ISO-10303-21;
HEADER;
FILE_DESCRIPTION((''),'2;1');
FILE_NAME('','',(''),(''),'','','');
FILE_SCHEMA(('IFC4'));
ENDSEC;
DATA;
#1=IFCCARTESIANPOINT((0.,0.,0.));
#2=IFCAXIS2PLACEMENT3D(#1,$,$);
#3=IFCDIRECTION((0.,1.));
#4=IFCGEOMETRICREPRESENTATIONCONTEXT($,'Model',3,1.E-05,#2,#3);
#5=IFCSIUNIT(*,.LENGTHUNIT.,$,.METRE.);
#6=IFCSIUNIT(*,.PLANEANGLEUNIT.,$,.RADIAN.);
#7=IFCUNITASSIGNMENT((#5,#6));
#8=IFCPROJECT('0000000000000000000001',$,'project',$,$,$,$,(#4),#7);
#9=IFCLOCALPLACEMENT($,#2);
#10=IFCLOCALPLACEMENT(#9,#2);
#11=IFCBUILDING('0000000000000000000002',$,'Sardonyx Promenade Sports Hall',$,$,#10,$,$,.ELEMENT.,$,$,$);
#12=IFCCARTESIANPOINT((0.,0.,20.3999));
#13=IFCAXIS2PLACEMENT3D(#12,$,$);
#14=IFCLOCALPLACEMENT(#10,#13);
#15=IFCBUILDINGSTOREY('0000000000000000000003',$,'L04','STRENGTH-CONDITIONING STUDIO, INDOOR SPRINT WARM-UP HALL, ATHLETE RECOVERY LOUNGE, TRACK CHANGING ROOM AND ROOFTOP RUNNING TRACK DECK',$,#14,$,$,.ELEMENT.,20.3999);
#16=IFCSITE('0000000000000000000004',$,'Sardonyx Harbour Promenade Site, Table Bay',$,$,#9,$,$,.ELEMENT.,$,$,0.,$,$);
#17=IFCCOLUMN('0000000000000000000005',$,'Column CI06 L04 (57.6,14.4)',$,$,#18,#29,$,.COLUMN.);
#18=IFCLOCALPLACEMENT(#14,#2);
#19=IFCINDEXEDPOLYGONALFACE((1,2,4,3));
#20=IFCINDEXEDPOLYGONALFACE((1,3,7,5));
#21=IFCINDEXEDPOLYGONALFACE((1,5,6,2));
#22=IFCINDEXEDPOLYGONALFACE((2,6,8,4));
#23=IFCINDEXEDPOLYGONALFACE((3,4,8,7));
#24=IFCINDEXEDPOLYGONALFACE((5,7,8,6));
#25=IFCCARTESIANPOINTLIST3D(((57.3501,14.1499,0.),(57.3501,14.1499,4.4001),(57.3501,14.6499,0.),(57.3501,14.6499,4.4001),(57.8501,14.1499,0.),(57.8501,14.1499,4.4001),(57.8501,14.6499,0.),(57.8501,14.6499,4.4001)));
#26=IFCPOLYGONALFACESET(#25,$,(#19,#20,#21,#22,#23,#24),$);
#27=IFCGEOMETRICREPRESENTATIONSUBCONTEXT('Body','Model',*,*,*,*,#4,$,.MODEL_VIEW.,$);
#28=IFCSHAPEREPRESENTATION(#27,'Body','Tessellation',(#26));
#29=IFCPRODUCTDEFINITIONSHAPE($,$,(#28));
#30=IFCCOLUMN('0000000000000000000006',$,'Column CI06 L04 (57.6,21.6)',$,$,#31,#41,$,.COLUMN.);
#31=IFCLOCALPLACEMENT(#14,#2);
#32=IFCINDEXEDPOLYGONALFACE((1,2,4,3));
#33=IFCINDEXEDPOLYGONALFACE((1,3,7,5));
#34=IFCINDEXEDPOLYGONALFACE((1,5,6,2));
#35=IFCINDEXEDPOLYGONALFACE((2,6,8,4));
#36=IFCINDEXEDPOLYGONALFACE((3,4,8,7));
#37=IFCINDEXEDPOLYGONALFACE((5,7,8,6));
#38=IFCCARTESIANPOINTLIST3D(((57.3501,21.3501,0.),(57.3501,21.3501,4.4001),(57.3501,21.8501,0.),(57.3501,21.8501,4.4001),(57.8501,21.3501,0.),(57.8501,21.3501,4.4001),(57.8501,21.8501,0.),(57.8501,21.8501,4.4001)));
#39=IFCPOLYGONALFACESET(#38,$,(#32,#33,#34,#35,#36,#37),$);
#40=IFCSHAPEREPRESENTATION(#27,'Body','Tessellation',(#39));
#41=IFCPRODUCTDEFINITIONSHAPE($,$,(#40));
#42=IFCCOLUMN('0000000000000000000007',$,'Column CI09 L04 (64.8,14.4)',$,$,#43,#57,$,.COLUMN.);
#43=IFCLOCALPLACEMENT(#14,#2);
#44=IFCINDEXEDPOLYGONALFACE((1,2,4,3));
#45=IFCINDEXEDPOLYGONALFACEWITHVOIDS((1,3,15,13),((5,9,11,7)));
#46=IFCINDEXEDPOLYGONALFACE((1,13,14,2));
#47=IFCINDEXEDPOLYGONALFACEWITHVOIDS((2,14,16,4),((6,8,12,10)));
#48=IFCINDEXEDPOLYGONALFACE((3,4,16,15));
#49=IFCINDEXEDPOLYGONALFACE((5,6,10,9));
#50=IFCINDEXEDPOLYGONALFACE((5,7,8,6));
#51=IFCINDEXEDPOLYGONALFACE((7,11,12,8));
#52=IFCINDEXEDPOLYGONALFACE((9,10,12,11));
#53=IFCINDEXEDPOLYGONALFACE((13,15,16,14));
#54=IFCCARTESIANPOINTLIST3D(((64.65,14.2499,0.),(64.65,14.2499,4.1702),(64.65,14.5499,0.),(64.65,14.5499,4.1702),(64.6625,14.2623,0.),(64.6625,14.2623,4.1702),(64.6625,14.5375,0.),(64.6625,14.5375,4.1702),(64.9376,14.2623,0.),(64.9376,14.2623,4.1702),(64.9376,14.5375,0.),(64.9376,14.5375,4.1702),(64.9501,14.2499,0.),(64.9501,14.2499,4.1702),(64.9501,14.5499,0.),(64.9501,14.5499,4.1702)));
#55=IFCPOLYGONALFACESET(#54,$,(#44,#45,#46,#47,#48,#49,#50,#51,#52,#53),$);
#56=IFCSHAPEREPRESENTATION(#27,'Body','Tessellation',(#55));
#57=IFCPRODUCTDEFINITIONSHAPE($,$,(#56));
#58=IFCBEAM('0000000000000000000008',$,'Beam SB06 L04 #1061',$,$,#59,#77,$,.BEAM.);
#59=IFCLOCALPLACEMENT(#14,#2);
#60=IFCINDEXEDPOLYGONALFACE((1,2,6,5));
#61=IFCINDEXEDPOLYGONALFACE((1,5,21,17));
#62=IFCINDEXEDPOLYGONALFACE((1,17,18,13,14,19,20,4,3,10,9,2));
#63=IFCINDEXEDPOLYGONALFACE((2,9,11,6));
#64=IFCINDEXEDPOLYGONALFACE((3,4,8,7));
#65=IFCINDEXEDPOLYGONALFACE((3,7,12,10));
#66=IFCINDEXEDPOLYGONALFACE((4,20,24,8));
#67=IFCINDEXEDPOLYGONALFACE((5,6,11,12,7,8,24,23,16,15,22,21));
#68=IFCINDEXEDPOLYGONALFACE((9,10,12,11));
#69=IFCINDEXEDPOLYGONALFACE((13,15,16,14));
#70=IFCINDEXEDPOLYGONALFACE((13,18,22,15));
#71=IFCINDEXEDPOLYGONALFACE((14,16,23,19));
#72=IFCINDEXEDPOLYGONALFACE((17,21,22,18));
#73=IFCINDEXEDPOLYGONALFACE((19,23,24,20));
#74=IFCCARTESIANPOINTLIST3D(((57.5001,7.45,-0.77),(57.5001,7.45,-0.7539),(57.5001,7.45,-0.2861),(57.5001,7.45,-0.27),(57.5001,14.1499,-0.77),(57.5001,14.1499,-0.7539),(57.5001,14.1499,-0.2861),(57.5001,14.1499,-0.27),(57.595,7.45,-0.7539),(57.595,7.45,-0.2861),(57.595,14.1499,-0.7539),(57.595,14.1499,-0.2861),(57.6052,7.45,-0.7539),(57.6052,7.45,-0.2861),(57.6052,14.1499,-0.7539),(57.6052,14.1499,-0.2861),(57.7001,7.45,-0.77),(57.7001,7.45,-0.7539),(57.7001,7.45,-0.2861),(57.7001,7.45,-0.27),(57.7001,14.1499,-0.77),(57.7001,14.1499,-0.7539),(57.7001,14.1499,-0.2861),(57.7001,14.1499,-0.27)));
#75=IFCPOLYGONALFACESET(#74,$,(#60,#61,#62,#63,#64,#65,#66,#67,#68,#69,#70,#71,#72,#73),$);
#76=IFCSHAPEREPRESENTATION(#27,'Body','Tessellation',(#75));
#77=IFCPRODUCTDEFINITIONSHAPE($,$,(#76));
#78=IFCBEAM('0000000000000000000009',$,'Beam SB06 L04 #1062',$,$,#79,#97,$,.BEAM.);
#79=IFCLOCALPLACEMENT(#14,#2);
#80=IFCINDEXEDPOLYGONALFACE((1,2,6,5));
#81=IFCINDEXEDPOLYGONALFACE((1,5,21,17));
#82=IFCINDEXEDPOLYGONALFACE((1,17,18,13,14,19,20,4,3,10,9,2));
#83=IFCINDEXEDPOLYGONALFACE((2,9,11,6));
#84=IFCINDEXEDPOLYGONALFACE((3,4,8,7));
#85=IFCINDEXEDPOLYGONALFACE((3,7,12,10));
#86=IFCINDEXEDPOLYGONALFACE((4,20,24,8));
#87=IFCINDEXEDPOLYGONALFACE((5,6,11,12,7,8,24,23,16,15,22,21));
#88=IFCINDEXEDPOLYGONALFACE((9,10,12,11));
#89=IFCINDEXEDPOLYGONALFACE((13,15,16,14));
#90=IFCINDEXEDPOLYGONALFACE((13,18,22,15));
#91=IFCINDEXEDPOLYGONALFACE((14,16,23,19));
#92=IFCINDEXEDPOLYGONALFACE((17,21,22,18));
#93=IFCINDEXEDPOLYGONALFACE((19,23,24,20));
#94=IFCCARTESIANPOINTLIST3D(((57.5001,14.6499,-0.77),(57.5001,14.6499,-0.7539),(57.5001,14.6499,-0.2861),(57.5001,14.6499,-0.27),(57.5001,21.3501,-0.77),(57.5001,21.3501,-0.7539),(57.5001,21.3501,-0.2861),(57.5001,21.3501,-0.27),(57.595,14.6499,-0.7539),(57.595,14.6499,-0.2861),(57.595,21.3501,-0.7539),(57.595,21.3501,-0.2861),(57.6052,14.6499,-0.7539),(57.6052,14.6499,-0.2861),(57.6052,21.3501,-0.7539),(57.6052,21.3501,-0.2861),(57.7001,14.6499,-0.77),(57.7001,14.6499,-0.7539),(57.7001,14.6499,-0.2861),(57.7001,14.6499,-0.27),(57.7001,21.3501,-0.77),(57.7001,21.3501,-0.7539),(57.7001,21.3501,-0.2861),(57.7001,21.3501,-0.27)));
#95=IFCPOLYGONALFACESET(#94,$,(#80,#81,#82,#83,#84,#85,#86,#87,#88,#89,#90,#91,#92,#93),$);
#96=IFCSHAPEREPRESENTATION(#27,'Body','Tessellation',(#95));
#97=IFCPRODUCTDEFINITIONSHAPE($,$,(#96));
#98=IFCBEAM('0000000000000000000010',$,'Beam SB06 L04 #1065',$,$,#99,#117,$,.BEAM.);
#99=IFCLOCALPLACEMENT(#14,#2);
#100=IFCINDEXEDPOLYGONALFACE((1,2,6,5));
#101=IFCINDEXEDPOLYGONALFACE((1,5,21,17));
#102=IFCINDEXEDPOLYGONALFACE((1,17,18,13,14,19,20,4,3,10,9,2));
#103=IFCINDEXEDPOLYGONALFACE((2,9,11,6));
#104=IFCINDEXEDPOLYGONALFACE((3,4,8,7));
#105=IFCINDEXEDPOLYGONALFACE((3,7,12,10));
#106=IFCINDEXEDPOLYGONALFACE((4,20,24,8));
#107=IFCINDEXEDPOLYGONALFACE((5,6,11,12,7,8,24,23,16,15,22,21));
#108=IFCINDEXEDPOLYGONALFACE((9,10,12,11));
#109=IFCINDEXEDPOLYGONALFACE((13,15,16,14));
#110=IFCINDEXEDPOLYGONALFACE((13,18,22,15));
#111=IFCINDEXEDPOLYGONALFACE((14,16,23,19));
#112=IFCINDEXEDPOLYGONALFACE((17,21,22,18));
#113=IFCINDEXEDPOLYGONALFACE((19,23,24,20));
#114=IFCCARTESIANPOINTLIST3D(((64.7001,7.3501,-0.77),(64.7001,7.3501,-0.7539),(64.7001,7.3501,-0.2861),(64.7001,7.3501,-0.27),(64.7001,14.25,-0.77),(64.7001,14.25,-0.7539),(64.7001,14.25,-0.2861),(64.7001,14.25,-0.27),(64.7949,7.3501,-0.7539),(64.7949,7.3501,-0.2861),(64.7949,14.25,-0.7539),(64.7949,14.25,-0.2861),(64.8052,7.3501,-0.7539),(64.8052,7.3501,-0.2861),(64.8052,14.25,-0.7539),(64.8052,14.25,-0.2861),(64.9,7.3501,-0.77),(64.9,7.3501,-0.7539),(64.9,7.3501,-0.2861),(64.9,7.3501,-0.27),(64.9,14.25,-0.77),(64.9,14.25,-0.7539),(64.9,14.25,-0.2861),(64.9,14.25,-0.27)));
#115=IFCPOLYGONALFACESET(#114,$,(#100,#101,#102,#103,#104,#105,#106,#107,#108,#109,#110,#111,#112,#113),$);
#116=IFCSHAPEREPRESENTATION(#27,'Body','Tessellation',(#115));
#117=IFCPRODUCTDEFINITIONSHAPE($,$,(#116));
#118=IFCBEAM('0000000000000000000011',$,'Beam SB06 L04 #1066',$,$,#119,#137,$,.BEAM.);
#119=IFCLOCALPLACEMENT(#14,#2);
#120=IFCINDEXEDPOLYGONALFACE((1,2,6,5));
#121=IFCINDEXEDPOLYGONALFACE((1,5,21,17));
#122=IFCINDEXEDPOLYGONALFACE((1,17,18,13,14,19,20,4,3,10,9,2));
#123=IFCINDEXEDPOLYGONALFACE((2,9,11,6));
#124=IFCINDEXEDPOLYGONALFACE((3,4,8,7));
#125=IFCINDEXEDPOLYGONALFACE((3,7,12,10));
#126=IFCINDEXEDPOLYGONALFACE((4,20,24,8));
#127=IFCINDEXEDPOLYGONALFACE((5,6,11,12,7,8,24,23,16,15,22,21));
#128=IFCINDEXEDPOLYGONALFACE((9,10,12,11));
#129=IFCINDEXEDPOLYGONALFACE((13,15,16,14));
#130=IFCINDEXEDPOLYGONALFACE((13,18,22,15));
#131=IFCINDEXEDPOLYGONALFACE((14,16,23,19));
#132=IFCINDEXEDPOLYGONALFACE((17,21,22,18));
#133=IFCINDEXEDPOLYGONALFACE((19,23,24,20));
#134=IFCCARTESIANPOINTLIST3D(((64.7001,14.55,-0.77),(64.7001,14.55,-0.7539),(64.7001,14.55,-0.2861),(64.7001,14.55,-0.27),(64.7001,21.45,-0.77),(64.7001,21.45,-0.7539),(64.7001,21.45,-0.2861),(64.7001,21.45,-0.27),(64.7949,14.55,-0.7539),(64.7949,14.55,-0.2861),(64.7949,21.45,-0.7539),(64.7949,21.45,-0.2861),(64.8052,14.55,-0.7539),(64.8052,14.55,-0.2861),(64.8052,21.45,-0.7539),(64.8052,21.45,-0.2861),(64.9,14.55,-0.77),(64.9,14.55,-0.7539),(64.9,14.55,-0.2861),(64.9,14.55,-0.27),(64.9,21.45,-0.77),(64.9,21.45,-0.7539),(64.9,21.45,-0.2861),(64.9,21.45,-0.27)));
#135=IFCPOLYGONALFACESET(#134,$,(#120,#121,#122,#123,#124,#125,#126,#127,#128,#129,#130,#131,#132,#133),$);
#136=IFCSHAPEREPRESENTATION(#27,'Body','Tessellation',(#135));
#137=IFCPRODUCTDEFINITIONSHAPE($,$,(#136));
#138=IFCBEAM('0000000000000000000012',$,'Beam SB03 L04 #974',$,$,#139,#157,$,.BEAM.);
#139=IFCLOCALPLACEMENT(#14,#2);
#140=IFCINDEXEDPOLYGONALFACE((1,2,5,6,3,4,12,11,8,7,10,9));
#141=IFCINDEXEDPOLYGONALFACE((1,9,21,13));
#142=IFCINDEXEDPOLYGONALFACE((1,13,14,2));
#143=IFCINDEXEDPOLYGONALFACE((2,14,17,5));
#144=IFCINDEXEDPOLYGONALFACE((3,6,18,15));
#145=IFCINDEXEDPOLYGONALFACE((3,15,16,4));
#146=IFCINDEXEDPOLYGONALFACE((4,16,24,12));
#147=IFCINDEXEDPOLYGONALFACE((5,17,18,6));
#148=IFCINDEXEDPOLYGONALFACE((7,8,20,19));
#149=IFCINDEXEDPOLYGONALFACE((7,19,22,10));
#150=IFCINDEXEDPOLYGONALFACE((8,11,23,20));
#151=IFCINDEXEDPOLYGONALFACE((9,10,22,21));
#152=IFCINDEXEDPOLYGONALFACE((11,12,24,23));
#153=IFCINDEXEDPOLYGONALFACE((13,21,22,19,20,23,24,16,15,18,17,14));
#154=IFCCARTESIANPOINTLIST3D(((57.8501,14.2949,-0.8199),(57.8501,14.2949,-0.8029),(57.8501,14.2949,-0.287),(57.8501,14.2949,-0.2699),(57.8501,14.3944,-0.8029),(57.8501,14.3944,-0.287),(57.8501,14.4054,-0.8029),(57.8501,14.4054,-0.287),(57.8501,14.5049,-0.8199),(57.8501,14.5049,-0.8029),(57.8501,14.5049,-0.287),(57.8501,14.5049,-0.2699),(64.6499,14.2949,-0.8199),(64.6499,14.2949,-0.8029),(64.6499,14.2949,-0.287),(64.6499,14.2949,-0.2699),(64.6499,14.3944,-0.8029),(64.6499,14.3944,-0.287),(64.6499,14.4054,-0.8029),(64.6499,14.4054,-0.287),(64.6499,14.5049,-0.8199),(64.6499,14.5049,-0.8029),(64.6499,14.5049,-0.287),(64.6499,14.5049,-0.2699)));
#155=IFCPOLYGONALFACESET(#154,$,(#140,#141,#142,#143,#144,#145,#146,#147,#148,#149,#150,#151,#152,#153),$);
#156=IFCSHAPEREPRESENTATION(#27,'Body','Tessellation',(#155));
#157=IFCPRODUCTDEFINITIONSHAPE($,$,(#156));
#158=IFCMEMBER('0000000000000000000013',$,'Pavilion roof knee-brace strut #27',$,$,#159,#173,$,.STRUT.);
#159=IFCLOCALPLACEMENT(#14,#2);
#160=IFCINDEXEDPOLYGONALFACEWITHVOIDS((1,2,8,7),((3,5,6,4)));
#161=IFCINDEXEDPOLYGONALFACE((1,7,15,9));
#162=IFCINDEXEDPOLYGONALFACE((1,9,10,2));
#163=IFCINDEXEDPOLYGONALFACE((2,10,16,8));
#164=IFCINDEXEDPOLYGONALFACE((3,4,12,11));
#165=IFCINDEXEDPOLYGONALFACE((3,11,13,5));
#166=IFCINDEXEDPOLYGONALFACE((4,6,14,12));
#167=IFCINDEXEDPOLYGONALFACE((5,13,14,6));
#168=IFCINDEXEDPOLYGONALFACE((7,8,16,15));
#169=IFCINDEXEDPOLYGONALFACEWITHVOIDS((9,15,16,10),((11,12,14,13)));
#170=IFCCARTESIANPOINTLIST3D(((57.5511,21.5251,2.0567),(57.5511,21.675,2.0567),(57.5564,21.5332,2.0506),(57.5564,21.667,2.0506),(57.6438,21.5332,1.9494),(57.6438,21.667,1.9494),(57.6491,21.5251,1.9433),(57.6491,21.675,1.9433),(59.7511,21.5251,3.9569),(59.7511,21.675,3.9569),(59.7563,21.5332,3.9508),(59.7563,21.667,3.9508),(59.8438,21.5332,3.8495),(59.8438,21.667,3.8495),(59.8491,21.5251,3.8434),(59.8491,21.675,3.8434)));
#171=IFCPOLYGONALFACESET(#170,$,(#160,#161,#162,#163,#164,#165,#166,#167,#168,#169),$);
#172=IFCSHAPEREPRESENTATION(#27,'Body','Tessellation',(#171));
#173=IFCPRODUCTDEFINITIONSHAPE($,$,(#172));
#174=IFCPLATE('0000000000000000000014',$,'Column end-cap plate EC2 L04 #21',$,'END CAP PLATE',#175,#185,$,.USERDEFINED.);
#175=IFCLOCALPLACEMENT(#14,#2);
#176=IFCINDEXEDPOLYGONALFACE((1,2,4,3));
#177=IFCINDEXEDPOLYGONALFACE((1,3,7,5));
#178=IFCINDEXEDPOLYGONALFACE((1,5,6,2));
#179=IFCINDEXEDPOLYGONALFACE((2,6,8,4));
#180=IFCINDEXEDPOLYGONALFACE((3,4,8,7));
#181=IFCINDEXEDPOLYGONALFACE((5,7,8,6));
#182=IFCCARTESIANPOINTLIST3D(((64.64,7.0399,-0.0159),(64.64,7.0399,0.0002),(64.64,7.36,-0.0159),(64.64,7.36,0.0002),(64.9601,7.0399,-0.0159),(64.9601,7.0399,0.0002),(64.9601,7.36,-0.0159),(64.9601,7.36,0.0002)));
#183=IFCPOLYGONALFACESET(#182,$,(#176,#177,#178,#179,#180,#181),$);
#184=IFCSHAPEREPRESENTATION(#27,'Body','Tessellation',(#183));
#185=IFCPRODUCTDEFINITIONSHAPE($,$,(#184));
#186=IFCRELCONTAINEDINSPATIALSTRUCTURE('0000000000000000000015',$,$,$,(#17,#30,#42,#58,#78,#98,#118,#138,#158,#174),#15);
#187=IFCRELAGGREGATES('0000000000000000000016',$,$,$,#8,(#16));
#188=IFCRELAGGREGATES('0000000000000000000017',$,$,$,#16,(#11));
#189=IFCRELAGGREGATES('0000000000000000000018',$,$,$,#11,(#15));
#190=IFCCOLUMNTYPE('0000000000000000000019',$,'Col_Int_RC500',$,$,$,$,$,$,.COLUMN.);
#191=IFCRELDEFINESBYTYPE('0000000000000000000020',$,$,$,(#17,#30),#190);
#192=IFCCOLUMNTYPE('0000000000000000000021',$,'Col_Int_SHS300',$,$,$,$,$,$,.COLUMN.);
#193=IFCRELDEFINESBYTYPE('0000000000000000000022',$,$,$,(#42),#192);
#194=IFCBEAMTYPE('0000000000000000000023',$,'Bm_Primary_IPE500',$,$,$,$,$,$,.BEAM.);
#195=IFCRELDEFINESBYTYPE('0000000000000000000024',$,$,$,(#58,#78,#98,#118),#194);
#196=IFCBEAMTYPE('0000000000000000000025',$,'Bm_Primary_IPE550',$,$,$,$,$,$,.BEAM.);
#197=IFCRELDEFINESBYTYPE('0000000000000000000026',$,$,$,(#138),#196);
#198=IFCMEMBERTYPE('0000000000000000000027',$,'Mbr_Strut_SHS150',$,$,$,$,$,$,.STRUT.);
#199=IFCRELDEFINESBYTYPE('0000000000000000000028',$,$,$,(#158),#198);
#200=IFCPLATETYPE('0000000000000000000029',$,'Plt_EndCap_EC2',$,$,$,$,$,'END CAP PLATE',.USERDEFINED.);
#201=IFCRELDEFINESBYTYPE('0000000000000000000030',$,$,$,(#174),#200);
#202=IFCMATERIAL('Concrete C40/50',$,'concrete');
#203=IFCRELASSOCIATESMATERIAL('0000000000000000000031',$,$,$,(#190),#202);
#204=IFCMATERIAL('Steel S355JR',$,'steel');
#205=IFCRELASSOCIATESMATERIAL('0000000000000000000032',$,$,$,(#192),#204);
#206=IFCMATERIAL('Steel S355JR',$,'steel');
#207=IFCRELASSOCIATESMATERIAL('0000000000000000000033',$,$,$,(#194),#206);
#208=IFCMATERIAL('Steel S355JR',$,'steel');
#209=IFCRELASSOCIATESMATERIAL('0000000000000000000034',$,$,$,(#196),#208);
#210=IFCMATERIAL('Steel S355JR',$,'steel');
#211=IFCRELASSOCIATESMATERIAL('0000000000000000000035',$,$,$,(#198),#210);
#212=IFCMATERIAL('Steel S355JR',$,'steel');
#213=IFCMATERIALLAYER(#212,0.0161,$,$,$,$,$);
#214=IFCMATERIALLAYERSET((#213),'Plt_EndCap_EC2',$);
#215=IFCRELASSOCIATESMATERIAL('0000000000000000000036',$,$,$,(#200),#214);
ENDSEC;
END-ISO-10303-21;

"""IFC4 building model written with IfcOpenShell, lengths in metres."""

from ifc_helpers import new_model, si_unit, direction, frame, origin, origin_2d, place, context, subcontext, project, spatial, rectangle, hollow_rectangle, i_section, extrude, material, layer, layer_set, material_profile, profile_set, type_object, element, save


model = new_model("IFC4")

# Units and contexts
model_context = context("Model", 3, precision=1e-05, world=origin(), true_north=direction((0.0, 1.0)))
body_context = subcontext(model_context, "Body", "Model", "MODEL_VIEW")
ifc_project = project(units=[si_unit("LENGTHUNIT", "METRE"), si_unit("PLANEANGLEUNIT", "RADIAN")], contexts=[model_context])

# Site, building, storey
site_placement = place(None, origin())
site = spatial("IfcSite", under=ifc_project, at=site_placement, Name="Sardonyx Harbour Promenade Site, Table Bay", CompositionType="ELEMENT", RefElevation=0.0)
building_placement = place(site_placement, origin())
building = spatial("IfcBuilding", under=site, at=building_placement, Name="Sardonyx Promenade Sports Hall", CompositionType="ELEMENT")
storey_placement = place(building_placement, frame((0.0, 0.0, 20.3999)))
storey = spatial("IfcBuildingStorey", under=building, at=storey_placement, Name="L04", Description="STRENGTH-CONDITIONING STUDIO, INDOOR SPRINT WARM-UP HALL, ATHLETE RECOVERY LOUNGE, TRACK CHANGING ROOM AND ROOFTOP RUNNING TRACK DECK", CompositionType="ELEMENT", Elevation=20.3999)

# Columns
ifc_material_1 = material(Name="Concrete C40/50", Category="concrete")
ifc_material_profile_1 = material_profile(ifc_material_1, rectangle(XDim=0.5, YDim=0.5, at=origin_2d()))
ifc_profile_set_1 = profile_set([ifc_material_profile_1], Name="Concrete C40/50")
column_type_1 = type_object("IfcColumnType", Name="Col_Int_RC500", PredefinedType="COLUMN", material=ifc_profile_set_1)
for number, where, z_axis, x_axis, name in (
    (1, (57.6001, 14.3999, 0.0), (0.0, 0.0, 1.0), (1.0, 0.0, 0.0), "Column CI06 L04 (57.6,14.4)"),
    (2, (57.6001, 21.6001, 0.0), (0.0, 0.0, 1.0), (1.0, 0.0, 0.0), "Column CI06 L04 (57.6,21.6)"),
):
    element("IfcColumn", number, at=place(storey_placement, frame(where, z_axis=z_axis, x_axis=x_axis)), inside=storey, type_object=column_type_1, Name=name, PredefinedType="COLUMN", context=body_context, shape_type="SweptSolid", body=[
        extrude(rectangle(XDim=0.5, YDim=0.5, at=origin_2d()), origin(), (0.0, 0.0, 1.0), 4.4001),
    ])
ifc_material_2 = material(Name="Steel S355JR", Category="steel")
ifc_material_profile_2 = material_profile(ifc_material_2, hollow_rectangle(XDim=0.3, YDim=0.3, WallThickness=0.0125, at=origin_2d()))
ifc_profile_set_2 = profile_set([ifc_material_profile_2], Name="Steel S355JR")
column_type_2 = type_object("IfcColumnType", Name="Col_Int_SHS300", PredefinedType="COLUMN", material=ifc_profile_set_2)
column_placement = place(storey_placement, frame((64.8, 14.3999, 0.0), z_axis=(0.0, 0.0, 1.0), x_axis=(1.0, 0.0, 0.0)))
element("IfcColumn", 3, at=column_placement, inside=storey, type_object=column_type_2, Name="Column CI09 L04 (64.8,14.4)", PredefinedType="COLUMN", context=body_context, shape_type="SweptSolid", body=[
    extrude(hollow_rectangle(XDim=0.3, YDim=0.3, WallThickness=0.0125, at=origin_2d()), origin(), (0.0, 0.0, 1.0), 4.1702),
])

# Beams
ifc_material_3 = material(Name="Steel S355JR", Category="steel")
ifc_material_profile_3 = material_profile(ifc_material_3, i_section(OverallWidth=0.2, OverallDepth=0.5, WebThickness=0.0103, FlangeThickness=0.0161, at=origin_2d()))
ifc_profile_set_3 = profile_set([ifc_material_profile_3], Name="Steel S355JR")
beam_type_1 = type_object("IfcBeamType", Name="Bm_Primary_IPE500", PredefinedType="BEAM", material=ifc_profile_set_3)
beam_1_placement = place(storey_placement, frame((57.6001, 7.45, -0.52), z_axis=(0.0, 1.0, 0.0), x_axis=(-1.0, 0.0, 0.0)))
element("IfcBeam", 4, at=beam_1_placement, inside=storey, type_object=beam_type_1, Name="Beam SB06 L04 #1061", PredefinedType="BEAM", context=body_context, shape_type="SweptSolid", body=[
    extrude(i_section(OverallWidth=0.2, OverallDepth=0.5, WebThickness=0.0103, FlangeThickness=0.0161, at=origin_2d()), origin(), (0.0, 0.0, 1.0), 6.7),
])
beam_2_placement = place(storey_placement, frame((57.6001, 14.6499, -0.52), z_axis=(0.0, 1.0, 0.0), x_axis=(-1.0, 0.0, 0.0)))
element("IfcBeam", 5, at=beam_2_placement, inside=storey, type_object=beam_type_1, Name="Beam SB06 L04 #1062", PredefinedType="BEAM", context=body_context, shape_type="SweptSolid", body=[
    extrude(i_section(OverallWidth=0.2, OverallDepth=0.5, WebThickness=0.0103, FlangeThickness=0.0161, at=origin_2d()), origin(), (0.0, 0.0, 1.0), 6.7002),
])
for number, where, z_axis, x_axis, name in (
    (6, (64.8, 7.3501, -0.52), (0.0, 1.0, 0.0), (-1.0, 0.0, 0.0), "Beam SB06 L04 #1065"),
    (7, (64.8, 14.55, -0.52), (0.0, 1.0, 0.0), (-1.0, 0.0, 0.0), "Beam SB06 L04 #1066"),
):
    element("IfcBeam", number, at=place(storey_placement, frame(where, z_axis=z_axis, x_axis=x_axis)), inside=storey, type_object=beam_type_1, Name=name, PredefinedType="BEAM", context=body_context, shape_type="SweptSolid", body=[
        extrude(i_section(OverallWidth=0.2, OverallDepth=0.5, WebThickness=0.0103, FlangeThickness=0.0161, at=origin_2d()), origin(), (0.0, 0.0, 1.0), 6.8999),
    ])
ifc_material_4 = material(Name="Steel S355JR", Category="steel")
ifc_material_profile_4 = material_profile(ifc_material_4, i_section(OverallWidth=0.21, OverallDepth=0.55, WebThickness=0.011, FlangeThickness=0.0171, at=origin_2d()))
ifc_profile_set_4 = profile_set([ifc_material_profile_4], Name="Steel S355JR")
beam_type_2 = type_object("IfcBeamType", Name="Bm_Primary_IPE550", PredefinedType="BEAM", material=ifc_profile_set_4)
beam_3_placement = place(storey_placement, frame((57.8501, 14.3999, -0.5449), z_axis=(1.0, 0.0, 0.0), x_axis=(0.0, 1.0, 0.0)))
element("IfcBeam", 8, at=beam_3_placement, inside=storey, type_object=beam_type_2, Name="Beam SB03 L04 #974", PredefinedType="BEAM", context=body_context, shape_type="SweptSolid", body=[
    extrude(i_section(OverallWidth=0.21, OverallDepth=0.55, WebThickness=0.011, FlangeThickness=0.0171, at=origin_2d()), origin(), (0.0, 0.0, 1.0), 6.7998),
])

# Member
ifc_material_5 = material(Name="Steel S355JR", Category="steel")
ifc_material_profile_5 = material_profile(ifc_material_5, hollow_rectangle(XDim=0.1499, YDim=0.1499, WallThickness=0.0081, at=origin_2d()))
ifc_profile_set_5 = profile_set([ifc_material_profile_5], Name="Steel S355JR")
member_type = type_object("IfcMemberType", Name="Mbr_Strut_SHS150", PredefinedType="STRUT", material=ifc_profile_set_5)
member_placement = place(storey_placement, frame((57.6001, 21.6001, 2.0), z_axis=(0.756791, 0.0, 0.653657), x_axis=(0.0, 1.0, 0.0)))
element("IfcMember", 9, at=member_placement, inside=storey, type_object=member_type, Name="Pavilion roof knee-brace strut #27", PredefinedType="STRUT", context=body_context, shape_type="SweptSolid", body=[
    extrude(hollow_rectangle(XDim=0.1499, YDim=0.1499, WallThickness=0.0081, at=origin_2d()), origin(), (0.0, 0.0, 1.0), 2.907),
])

# Plate
ifc_material_6 = material(Name="Steel S355JR", Category="steel")
ifc_layer_1 = layer(ifc_material_6, 0.0161)
ifc_layer_set_1 = layer_set([ifc_layer_1], Name="Plt_EndCap_EC2")
plate_type = type_object("IfcPlateType", Name="Plt_EndCap_EC2", ElementType="END CAP PLATE", PredefinedType="USERDEFINED", material=ifc_layer_set_1)
for number, where, z_axis, x_axis, name in (
    (10, (64.8, 7.2, -0.0159), (0.0, 0.0, 1.0), (1.0, 0.0, 0.0), "Column end-cap plate EC2 L04 #21"),
):
    element("IfcPlate", number, at=place(storey_placement, frame(where, z_axis=z_axis, x_axis=x_axis)), inside=storey, type_object=plate_type, Name=name, ObjectType="END CAP PLATE", PredefinedType="USERDEFINED", context=body_context, shape_type="SweptSolid", body=[
        extrude(rectangle(XDim=0.3201, YDim=0.3201, at=origin_2d()), origin(), (0.0, 0.0, 1.0), 0.0161),
    ])

save(model, "model.ifc")
